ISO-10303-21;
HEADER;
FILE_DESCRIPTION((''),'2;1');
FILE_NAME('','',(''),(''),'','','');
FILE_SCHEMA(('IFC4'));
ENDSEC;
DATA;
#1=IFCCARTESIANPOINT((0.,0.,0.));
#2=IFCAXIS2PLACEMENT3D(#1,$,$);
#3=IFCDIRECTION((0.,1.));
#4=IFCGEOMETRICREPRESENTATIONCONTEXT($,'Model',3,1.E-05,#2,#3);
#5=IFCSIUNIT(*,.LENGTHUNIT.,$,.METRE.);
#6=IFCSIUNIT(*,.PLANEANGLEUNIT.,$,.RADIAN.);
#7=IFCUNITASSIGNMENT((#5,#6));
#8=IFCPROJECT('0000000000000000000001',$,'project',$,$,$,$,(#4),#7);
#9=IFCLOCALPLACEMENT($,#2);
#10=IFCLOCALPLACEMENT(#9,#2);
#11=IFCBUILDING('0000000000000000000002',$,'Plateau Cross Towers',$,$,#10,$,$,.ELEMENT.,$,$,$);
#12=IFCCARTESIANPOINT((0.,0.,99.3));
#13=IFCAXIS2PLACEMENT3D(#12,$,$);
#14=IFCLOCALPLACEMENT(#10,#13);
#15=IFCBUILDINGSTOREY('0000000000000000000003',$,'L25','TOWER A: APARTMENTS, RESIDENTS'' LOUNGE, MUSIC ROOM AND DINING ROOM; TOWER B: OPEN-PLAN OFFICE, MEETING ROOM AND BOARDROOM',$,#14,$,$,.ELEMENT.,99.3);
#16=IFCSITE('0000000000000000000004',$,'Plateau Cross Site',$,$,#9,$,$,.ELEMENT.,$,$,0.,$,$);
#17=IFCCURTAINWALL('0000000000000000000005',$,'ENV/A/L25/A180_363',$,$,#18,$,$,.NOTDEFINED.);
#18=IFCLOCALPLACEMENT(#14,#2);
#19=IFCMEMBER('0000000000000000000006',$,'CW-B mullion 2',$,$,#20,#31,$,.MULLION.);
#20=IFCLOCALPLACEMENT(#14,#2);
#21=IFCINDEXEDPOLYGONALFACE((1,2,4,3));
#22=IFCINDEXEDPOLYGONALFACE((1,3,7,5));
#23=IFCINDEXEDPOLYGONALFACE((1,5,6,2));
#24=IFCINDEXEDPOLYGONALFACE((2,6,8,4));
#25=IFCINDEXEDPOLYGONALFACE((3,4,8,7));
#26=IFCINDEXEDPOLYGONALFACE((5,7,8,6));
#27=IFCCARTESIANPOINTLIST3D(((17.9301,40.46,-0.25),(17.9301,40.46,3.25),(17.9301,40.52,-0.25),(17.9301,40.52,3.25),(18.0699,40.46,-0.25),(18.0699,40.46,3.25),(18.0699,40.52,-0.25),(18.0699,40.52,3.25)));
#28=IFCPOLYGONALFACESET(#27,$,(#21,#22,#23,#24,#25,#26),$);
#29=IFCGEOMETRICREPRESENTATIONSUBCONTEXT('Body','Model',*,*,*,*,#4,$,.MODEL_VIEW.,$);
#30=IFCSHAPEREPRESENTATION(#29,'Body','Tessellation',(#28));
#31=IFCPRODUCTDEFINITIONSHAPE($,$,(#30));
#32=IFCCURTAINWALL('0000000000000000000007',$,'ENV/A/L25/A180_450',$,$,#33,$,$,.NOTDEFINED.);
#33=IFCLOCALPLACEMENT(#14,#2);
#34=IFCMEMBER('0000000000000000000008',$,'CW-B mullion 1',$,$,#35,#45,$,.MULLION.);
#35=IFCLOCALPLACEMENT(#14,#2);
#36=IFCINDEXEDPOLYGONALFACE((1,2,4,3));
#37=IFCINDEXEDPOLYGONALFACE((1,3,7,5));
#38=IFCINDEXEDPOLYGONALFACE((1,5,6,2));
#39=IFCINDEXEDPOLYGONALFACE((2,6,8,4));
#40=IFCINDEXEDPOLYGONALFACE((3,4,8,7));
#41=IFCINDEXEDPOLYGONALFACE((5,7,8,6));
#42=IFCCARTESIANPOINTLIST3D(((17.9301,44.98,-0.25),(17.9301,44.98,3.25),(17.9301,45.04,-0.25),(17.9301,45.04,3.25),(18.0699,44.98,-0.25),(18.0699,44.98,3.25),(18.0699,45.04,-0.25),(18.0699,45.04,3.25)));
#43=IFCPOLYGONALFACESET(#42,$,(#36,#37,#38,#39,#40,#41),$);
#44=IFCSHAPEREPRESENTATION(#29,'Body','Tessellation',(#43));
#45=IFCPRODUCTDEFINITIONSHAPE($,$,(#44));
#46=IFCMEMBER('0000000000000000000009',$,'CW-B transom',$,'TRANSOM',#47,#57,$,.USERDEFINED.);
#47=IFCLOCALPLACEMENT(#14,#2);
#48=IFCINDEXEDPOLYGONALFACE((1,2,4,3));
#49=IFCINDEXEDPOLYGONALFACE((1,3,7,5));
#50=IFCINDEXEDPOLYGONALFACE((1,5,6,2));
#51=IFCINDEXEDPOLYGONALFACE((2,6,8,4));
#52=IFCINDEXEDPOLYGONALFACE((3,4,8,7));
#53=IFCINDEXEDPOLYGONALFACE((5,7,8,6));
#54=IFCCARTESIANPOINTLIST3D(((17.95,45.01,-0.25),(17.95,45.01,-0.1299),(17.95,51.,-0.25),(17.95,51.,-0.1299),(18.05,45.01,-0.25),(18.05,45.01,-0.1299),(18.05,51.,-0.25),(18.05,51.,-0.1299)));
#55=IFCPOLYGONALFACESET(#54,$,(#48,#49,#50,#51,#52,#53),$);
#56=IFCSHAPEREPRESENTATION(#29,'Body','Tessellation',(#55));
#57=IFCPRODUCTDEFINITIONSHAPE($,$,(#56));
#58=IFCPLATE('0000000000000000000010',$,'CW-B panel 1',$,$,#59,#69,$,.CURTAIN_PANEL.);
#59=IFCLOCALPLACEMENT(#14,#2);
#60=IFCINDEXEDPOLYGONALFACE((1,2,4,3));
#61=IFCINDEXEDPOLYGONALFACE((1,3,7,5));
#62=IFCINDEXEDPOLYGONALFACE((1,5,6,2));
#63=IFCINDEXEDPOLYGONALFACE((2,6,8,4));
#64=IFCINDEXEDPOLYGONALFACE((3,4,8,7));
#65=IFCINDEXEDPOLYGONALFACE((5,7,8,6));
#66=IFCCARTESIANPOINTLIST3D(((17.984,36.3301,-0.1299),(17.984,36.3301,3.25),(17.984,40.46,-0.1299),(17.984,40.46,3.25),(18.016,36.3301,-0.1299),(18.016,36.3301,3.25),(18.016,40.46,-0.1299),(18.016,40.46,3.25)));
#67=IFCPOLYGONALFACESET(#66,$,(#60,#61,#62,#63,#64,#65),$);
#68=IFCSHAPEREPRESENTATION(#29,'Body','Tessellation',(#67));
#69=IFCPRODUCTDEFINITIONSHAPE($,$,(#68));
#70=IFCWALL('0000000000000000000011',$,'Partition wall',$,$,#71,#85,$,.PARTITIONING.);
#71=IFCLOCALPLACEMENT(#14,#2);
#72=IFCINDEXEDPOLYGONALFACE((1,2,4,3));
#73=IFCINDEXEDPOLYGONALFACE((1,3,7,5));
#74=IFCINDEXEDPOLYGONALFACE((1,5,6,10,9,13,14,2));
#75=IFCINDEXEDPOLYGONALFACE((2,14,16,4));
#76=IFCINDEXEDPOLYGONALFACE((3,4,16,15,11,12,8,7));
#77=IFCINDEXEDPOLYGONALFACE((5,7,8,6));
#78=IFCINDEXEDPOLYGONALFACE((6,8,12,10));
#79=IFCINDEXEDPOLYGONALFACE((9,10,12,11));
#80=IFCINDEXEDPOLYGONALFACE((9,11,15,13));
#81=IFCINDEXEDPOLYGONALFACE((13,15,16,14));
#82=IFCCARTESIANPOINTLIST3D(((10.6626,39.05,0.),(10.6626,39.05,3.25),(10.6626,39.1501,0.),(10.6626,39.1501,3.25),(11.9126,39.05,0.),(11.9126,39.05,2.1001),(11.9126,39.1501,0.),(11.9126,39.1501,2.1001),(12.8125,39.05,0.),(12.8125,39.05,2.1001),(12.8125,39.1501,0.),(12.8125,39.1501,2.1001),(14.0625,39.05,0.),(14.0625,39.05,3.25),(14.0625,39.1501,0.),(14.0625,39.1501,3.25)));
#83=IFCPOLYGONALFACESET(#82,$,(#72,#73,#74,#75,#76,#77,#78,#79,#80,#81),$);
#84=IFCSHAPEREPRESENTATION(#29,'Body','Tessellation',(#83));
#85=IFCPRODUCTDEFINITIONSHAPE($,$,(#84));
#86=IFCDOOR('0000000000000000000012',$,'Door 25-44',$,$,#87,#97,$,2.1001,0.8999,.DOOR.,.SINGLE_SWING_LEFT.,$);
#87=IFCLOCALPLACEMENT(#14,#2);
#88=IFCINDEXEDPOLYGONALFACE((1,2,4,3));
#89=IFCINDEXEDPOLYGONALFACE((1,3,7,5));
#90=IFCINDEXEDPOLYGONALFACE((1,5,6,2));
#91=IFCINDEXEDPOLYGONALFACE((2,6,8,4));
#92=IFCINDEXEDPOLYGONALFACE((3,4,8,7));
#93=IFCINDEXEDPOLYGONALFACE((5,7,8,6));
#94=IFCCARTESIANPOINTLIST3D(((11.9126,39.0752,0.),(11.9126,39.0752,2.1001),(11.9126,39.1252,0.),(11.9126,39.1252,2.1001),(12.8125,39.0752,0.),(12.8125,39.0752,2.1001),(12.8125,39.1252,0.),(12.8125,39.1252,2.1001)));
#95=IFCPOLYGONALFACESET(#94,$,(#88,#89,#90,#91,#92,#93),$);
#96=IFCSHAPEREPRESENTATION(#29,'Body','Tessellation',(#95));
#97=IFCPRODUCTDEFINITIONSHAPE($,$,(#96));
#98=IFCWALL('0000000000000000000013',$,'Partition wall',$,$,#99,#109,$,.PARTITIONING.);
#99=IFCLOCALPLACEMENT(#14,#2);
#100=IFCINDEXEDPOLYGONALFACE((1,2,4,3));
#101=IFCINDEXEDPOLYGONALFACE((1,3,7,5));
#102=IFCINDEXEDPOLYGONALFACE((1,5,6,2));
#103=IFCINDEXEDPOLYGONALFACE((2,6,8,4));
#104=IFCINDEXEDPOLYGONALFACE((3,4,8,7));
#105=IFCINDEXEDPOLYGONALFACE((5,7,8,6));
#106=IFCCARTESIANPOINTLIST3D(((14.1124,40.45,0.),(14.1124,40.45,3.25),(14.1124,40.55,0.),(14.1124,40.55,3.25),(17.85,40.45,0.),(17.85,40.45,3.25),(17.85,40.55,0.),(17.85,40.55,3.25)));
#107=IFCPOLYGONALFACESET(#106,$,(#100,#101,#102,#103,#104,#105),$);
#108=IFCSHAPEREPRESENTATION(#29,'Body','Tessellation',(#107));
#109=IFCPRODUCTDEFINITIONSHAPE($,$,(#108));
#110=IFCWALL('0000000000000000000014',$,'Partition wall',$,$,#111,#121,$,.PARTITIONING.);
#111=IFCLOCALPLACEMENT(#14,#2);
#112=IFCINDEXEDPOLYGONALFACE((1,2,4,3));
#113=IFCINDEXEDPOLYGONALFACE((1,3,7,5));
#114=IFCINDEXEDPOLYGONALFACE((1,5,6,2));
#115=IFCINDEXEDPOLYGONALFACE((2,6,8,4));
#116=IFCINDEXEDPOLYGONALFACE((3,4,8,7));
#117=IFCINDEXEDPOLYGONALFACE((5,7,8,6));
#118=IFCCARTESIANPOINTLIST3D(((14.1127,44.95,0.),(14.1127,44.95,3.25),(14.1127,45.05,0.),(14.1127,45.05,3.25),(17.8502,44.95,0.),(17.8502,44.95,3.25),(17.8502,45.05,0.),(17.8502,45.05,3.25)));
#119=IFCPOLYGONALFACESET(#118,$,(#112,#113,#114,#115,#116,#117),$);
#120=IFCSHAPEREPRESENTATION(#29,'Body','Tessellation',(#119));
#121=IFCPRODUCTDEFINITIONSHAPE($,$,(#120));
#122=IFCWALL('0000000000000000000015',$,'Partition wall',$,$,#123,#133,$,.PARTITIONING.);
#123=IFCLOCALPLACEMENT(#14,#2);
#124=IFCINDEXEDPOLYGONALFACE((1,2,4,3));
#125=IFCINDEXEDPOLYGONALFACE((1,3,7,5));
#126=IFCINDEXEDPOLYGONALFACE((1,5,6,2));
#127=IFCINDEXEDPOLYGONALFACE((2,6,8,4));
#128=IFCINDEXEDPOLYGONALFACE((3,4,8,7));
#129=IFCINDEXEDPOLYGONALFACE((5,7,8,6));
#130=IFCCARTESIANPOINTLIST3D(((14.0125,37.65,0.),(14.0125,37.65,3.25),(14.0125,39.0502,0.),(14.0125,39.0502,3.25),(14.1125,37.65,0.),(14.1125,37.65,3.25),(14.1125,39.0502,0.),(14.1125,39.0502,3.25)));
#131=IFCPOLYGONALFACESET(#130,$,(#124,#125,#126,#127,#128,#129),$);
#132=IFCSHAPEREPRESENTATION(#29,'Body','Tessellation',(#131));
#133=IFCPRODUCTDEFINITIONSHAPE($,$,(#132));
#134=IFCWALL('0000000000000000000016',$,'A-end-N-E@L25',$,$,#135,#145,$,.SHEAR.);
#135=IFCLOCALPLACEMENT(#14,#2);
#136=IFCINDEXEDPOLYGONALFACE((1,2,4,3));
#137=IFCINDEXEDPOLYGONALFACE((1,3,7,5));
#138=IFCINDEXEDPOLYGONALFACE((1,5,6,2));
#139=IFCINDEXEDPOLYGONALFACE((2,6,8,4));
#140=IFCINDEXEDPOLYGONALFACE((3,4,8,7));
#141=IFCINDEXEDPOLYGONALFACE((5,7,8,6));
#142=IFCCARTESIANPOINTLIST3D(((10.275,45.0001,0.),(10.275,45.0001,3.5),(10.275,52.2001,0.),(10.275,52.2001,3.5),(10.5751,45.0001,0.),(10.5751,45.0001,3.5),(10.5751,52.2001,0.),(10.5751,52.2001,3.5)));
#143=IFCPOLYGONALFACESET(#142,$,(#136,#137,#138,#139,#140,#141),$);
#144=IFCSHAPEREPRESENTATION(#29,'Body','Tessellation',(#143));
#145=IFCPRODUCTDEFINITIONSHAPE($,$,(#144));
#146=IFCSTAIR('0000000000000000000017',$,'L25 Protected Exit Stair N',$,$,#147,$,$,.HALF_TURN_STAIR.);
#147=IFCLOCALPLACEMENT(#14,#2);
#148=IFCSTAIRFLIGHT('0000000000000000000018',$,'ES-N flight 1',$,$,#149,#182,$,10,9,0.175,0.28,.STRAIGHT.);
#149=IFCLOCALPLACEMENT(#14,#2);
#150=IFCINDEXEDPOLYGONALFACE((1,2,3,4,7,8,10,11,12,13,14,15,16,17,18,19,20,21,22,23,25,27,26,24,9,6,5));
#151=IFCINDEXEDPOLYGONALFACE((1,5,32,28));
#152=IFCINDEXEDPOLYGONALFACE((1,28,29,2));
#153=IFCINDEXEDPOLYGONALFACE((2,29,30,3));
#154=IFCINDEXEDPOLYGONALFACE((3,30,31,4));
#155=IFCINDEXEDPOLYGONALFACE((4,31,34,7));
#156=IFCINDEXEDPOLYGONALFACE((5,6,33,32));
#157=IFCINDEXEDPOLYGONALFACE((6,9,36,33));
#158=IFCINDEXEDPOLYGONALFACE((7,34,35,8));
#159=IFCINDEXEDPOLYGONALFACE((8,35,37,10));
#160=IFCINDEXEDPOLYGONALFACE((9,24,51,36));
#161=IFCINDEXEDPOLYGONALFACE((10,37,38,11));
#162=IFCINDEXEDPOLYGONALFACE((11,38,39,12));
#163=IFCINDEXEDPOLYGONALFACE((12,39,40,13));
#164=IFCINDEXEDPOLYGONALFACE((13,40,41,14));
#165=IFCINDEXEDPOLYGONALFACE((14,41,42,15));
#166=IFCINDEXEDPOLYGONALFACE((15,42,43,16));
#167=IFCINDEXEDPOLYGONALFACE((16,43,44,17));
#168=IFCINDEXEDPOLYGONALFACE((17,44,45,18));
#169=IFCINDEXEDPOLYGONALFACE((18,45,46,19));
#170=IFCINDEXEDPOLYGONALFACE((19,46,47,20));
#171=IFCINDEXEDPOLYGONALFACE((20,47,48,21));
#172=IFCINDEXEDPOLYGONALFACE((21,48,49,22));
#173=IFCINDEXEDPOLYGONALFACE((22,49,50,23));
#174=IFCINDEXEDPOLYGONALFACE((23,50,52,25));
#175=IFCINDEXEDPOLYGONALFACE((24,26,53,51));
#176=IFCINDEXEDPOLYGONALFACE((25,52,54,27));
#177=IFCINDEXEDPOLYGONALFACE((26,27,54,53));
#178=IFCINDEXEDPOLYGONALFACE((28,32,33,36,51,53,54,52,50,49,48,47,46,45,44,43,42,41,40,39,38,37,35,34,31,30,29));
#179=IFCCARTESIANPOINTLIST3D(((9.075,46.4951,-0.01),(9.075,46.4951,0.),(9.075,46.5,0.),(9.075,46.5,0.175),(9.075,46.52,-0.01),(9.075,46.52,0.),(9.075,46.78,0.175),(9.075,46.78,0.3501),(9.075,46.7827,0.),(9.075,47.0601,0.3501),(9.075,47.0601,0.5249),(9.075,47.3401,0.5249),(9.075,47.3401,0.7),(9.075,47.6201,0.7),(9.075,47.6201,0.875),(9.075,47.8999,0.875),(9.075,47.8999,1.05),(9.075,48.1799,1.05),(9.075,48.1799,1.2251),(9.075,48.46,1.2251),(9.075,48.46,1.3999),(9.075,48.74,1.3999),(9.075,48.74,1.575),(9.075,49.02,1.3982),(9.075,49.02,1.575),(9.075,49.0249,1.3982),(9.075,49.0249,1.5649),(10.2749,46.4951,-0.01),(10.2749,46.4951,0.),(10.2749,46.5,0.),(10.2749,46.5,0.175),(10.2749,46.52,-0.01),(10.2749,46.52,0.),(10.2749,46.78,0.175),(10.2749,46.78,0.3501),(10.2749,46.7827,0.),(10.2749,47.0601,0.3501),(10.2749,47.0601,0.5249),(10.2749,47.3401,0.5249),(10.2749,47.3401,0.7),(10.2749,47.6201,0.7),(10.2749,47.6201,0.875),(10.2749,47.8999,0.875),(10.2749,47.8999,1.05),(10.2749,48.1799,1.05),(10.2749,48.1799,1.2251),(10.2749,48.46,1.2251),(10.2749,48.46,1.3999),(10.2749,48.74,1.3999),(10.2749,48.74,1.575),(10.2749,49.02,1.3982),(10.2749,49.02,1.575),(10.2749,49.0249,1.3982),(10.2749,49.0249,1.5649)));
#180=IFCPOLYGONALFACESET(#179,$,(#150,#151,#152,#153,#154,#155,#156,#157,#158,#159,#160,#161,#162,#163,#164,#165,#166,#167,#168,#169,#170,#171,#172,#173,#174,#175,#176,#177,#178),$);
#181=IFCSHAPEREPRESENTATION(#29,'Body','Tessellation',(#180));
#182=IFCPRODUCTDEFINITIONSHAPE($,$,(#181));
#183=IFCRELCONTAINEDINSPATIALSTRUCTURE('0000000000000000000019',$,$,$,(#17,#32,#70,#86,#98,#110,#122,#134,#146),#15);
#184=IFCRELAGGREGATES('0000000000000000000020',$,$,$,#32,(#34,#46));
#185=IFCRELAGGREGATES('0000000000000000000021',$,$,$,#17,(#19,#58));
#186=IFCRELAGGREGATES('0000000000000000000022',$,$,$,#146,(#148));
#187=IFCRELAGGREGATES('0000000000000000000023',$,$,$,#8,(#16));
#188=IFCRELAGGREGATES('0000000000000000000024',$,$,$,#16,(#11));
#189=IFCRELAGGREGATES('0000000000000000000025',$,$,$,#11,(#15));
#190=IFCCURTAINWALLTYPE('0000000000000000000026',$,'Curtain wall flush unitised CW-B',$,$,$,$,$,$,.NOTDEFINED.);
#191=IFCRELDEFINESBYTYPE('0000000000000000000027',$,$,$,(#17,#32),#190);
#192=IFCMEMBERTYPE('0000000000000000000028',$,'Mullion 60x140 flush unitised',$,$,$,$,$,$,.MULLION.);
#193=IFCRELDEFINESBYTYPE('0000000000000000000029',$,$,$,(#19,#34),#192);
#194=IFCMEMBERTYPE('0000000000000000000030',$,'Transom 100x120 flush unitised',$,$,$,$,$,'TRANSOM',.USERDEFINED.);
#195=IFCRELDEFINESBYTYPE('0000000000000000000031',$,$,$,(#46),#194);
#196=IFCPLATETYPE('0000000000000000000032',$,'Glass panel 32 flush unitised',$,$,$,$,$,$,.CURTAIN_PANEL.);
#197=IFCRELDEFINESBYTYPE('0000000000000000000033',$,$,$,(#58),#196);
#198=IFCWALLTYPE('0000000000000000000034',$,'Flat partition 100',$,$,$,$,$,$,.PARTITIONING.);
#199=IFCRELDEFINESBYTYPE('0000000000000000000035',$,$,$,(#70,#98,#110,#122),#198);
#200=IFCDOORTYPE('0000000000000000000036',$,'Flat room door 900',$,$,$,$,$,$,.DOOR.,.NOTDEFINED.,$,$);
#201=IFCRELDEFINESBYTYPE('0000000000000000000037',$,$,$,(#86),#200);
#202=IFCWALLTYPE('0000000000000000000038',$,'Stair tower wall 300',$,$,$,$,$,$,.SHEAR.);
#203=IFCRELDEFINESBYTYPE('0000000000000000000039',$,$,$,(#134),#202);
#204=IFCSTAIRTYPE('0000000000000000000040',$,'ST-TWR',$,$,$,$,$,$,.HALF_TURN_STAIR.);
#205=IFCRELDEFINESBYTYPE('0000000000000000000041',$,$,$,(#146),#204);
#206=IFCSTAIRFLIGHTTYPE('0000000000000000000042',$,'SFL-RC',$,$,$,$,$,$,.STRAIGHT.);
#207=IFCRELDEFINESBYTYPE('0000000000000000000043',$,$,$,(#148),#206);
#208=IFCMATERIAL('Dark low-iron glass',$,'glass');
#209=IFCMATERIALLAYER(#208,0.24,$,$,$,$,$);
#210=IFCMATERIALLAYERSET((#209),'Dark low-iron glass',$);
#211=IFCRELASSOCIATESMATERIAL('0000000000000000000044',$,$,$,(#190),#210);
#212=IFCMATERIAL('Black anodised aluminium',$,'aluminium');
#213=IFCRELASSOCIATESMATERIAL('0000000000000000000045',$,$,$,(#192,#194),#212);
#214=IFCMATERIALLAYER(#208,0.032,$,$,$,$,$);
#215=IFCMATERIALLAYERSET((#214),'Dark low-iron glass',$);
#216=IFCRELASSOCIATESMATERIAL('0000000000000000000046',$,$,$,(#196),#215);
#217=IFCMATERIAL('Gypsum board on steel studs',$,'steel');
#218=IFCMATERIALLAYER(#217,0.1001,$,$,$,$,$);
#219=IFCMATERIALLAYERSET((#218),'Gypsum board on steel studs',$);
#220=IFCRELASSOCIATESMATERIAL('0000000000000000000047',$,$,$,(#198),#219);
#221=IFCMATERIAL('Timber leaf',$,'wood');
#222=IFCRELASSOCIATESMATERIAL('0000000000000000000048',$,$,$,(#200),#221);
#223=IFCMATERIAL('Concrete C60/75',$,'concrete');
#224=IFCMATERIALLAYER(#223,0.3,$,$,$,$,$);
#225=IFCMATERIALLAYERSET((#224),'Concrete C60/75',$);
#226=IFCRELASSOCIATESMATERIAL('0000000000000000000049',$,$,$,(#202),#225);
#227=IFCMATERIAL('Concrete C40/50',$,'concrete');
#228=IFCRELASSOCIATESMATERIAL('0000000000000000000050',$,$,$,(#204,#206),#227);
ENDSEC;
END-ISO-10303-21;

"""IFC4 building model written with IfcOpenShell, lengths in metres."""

from ifc_helpers import new_model, si_unit, direction, frame, frame_2d, origin, origin_2d, place, context, subcontext, project, spatial, polyline, rectangle, outline, extrude, material, layer, layer_set, material_profile, profile_set, type_object, element, fill, aggregate, save


model = new_model("IFC4")

# Units and contexts
model_context = context("Model", 3, precision=1e-05, world=origin(), true_north=direction((0.0, 1.0)))
body_context = subcontext(model_context, "Body", "Model", "MODEL_VIEW")
ifc_project = project(units=[si_unit("LENGTHUNIT", "METRE"), si_unit("PLANEANGLEUNIT", "RADIAN")], contexts=[model_context])

# Site, building, storey
site_placement = place(None, origin())
site = spatial("IfcSite", under=ifc_project, at=site_placement, Name="Plateau Cross Site", CompositionType="ELEMENT", RefElevation=0.0)
building_placement = place(site_placement, origin())
building = spatial("IfcBuilding", under=site, at=building_placement, Name="Plateau Cross Towers", CompositionType="ELEMENT")
storey_placement = place(building_placement, frame((0.0, 0.0, 99.3)))
storey = spatial("IfcBuildingStorey", under=building, at=storey_placement, Name="L25", Description="TOWER A: APARTMENTS, RESIDENTS' LOUNGE, MUSIC ROOM AND DINING ROOM; TOWER B: OPEN-PLAN OFFICE, MEETING ROOM AND BOARDROOM", CompositionType="ELEMENT", Elevation=99.3)

# Curtain wall, member
ifc_material_1 = material(Name="Dark low-iron glass", Category="glass")
ifc_layer_1 = layer(ifc_material_1, 0.24)
ifc_layer_set_1 = layer_set([ifc_layer_1], Name="Dark low-iron glass")
curtain_wall_type = type_object("IfcCurtainWallType", Name="Curtain wall flush unitised CW-B", PredefinedType="NOTDEFINED", material=ifc_layer_set_1)
curtain_wall_1_placement = place(storey_placement, origin())
curtain_wall_1 = element("IfcCurtainWall", 1, at=curtain_wall_1_placement, inside=storey, type_object=curtain_wall_type, Name="ENV/A/L25/A180_363", PredefinedType="NOTDEFINED")
ifc_material_2 = material(Name="Black anodised aluminium", Category="aluminium")
ifc_material_profile_1 = material_profile(ifc_material_2, rectangle(XDim=0.0601, YDim=0.1399, at=origin_2d()), Name="MULLION 60x140")
ifc_profile_set_1 = profile_set([ifc_material_profile_1], Name="Black anodised aluminium")
member_type_1 = type_object("IfcMemberType", Name="Mullion 60x140 flush unitised", PredefinedType="MULLION", material=ifc_profile_set_1)
member_1_placement = place(storey_placement, frame((18.0, 40.49, -0.25), z_axis=(0.0, 0.0, 1.0), x_axis=(0.0, 1.0, 0.0)))
member_1 = element("IfcMember", 2, at=member_1_placement, type_object=member_type_1, Name="CW-B mullion 2", PredefinedType="MULLION", context=body_context, shape_type="SweptSolid", body=[
    extrude(rectangle(XDim=0.0601, YDim=0.1399, at=origin_2d()), origin(), (0.0, 0.0, 1.0), 3.5),
])

# Curtain wall, members
curtain_wall_2_placement = place(storey_placement, origin())
curtain_wall_2 = element("IfcCurtainWall", 3, at=curtain_wall_2_placement, inside=storey, type_object=curtain_wall_type, Name="ENV/A/L25/A180_450", PredefinedType="NOTDEFINED")
member_2_placement = place(storey_placement, frame((18.0, 45.01, -0.25), z_axis=(0.0, 0.0, 1.0), x_axis=(0.0, 1.0, 0.0)))
member_2 = element("IfcMember", 4, at=member_2_placement, type_object=member_type_1, Name="CW-B mullion 1", PredefinedType="MULLION", context=body_context, shape_type="SweptSolid", body=[
    extrude(rectangle(XDim=0.0601, YDim=0.1399, at=origin_2d()), origin(), (0.0, 0.0, 1.0), 3.5),
])
ifc_material_profile_2 = material_profile(ifc_material_2, rectangle(XDim=0.1001, YDim=0.1201, at=origin_2d()), Name="TRANSOM 100x120")
ifc_profile_set_2 = profile_set([ifc_material_profile_2], Name="Black anodised aluminium")
member_type_2 = type_object("IfcMemberType", Name="Transom 100x120 flush unitised", ElementType="TRANSOM", PredefinedType="USERDEFINED", material=ifc_profile_set_2)
member_3_placement = place(storey_placement, frame((18.0, 45.01, -0.1899), z_axis=(0.0, 1.0, 0.0), x_axis=(-1.0, 0.0, 0.0)))
member_3 = element("IfcMember", 5, at=member_3_placement, type_object=member_type_2, Name="CW-B transom", ObjectType="TRANSOM", PredefinedType="USERDEFINED", context=body_context, shape_type="SweptSolid", body=[
    extrude(rectangle(XDim=0.1001, YDim=0.1201, at=origin_2d()), origin(), (0.0, 0.0, 1.0), 5.99),
])
aggregate(curtain_wall_2, [member_2, member_3])

# Plate
ifc_layer_2 = layer(ifc_material_1, 0.032)
ifc_layer_set_2 = layer_set([ifc_layer_2], Name="Dark low-iron glass")
plate_type = type_object("IfcPlateType", Name="Glass panel 32 flush unitised", PredefinedType="CURTAIN_PANEL", material=ifc_layer_set_2)
plate_placement = place(storey_placement, frame((18.0, 38.395, -0.1299), z_axis=(0.0, 0.0, 1.0), x_axis=(0.0, 1.0, 0.0)))
plate = element("IfcPlate", 6, at=plate_placement, type_object=plate_type, Name="CW-B panel 1", PredefinedType="CURTAIN_PANEL", context=body_context, shape_type="SweptSolid", body=[
    extrude(rectangle(XDim=4.1299, YDim=0.032, at=origin_2d()), origin(), (0.0, 0.0, 1.0), 3.3799),
])
aggregate(curtain_wall_1, [member_1, plate])

# Wall, opening, door
ifc_material_3 = material(Name="Gypsum board on steel studs", Category="steel")
ifc_layer_3 = layer(ifc_material_3, 0.1001)
ifc_layer_set_3 = layer_set([ifc_layer_3], Name="Gypsum board on steel studs")
wall_type_1 = type_object("IfcWallType", Name="Flat partition 100", PredefinedType="PARTITIONING", material=ifc_layer_set_3)
wall_1_placement = place(storey_placement, frame((14.0625, 39.1001, 0.0), z_axis=(0.0, 0.0, 1.0), x_axis=(-1.0, 0.0, 0.0)))
wall_1 = element("IfcWall", 7, at=wall_1_placement, inside=storey, type_object=wall_type_1, Name="Partition wall", PredefinedType="PARTITIONING", context=body_context, shape_type="SweptSolid", body=[
    extrude(rectangle(XDim=3.3999, YDim=0.1001, at=frame_2d((1.7, 0.0))), origin(), (0.0, 0.0, 1.0), 3.25),
])
opening_1_placement = place(wall_1_placement, frame((1.25, 0.0, 0.0)))
opening_1 = element("IfcOpeningElement", 8, at=opening_1_placement, cuts=wall_1, PredefinedType="OPENING", context=body_context, shape_type="SweptSolid", body=[
    extrude(rectangle(XDim=0.8999, YDim=2.1001, at=frame_2d((0.45, 1.05))), frame((0.0, 0.0601, 0.0), z_axis=(0.0, -1.0, 0.0), x_axis=(1.0, 0.0, 0.0)), (0.0, 0.0, 1.0), 0.1201),
])
ifc_material_4 = material(Name="Timber leaf", Category="wood")
door_type_1 = type_object("IfcDoorType", Name="Flat room door 900", OperationType="NOTDEFINED", PredefinedType="DOOR", material=ifc_material_4)
door_1_placement = place(opening_1_placement, origin())
door_1 = element("IfcDoor", 9, at=door_1_placement, inside=storey, type_object=door_type_1, Name="Door 25-44", OperationType="SINGLE_SWING_LEFT", OverallHeight=2.1001, OverallWidth=0.8999, PredefinedType="DOOR", context=body_context, shape_type="SweptSolid", body=[
    extrude(rectangle(XDim=0.8999, YDim=2.1001, at=frame_2d((0.45, 1.05))), frame((0.0, 0.0249, 0.0), z_axis=(0.0, -1.0, 0.0), x_axis=(1.0, 0.0, 0.0)), (0.0, 0.0, 1.0), 0.05),
])
fill(opening_1, door_1)

# Walls
for number, where, z_axis, x_axis, name in (
    (10, (14.1125, 40.5, 0.0), (0.0, 0.0, 1.0), (1.0, 0.0, 0.0), "Partition wall"),
    (11, (17.8501, 45.0, 0.0), (0.0, 0.0, 1.0), (-1.0, 0.0, 0.0), "Partition wall"),
):
    element("IfcWall", number, at=place(storey_placement, frame(where, z_axis=z_axis, x_axis=x_axis)), inside=storey, type_object=wall_type_1, Name=name, PredefinedType="PARTITIONING", context=body_context, shape_type="SweptSolid", body=[
        extrude(rectangle(XDim=3.7375, YDim=0.1001, at=frame_2d((1.8687, 0.0))), origin(), (0.0, 0.0, 1.0), 3.25),
    ])
wall_2_placement = place(storey_placement, frame((14.0625, 37.6499, 0.0), z_axis=(0.0, 0.0, 1.0), x_axis=(0.0, 1.0, 0.0)))
element("IfcWall", 12, at=wall_2_placement, inside=storey, type_object=wall_type_1, Name="Partition wall", PredefinedType="PARTITIONING", context=body_context, shape_type="SweptSolid", body=[
    extrude(rectangle(XDim=1.4001, YDim=0.1001, at=frame_2d((0.7002, 0.0))), origin(), (0.0, 0.0, 1.0), 3.25),
])
ifc_material_5 = material(Name="Concrete C60/75", Category="concrete")
ifc_layer_4 = layer(ifc_material_5, 0.3)
ifc_layer_set_4 = layer_set([ifc_layer_4], Name="Concrete C60/75")
wall_type_2 = type_object("IfcWallType", Name="Stair tower wall 300", PredefinedType="SHEAR", material=ifc_layer_set_4)
wall_3_placement = place(storey_placement, frame((10.425, 45.0, 0.0), z_axis=(0.0, 0.0, 1.0), x_axis=(0.0, 1.0, 0.0)))
element("IfcWall", 13, at=wall_3_placement, inside=storey, type_object=wall_type_2, Name="A-end-N-E@L25", PredefinedType="SHEAR", context=body_context, shape_type="SweptSolid", body=[
    extrude(rectangle(XDim=7.2, YDim=0.3, at=frame_2d((3.6001, 0.0))), origin(), (0.0, 0.0, 1.0), 3.5),
])

# Stair, stair flight
ifc_material_6 = material(Name="Concrete C40/50", Category="concrete")
stair_type = type_object("IfcStairType", Name="ST-TWR", PredefinedType="HALF_TURN_STAIR", material=ifc_material_6)
stair_placement = place(storey_placement, origin())
stair = element("IfcStair", 14, at=stair_placement, inside=storey, type_object=stair_type, Name="L25 Protected Exit Stair N", PredefinedType="HALF_TURN_STAIR")
stair_flight_type = type_object("IfcStairFlightType", Name="SFL-RC", PredefinedType="STRAIGHT", material=ifc_material_6)
stair_flight_placement = place(storey_placement, frame((9.675, 46.5, 0.0), z_axis=(0.0, 0.0, 1.0), x_axis=(0.0, 1.0, 0.0)))
stair_flight = element("IfcStairFlight", 15, at=stair_flight_placement, type_object=stair_flight_type, Name="ES-N flight 1", NumberOfRisers=10, NumberOfTreads=9, PredefinedType="STRAIGHT", RiserHeight=0.175, TreadLength=0.28, context=body_context, shape_type="SweptSolid", body=[
    extrude(outline(polyline([(-0.0049, -0.01), (-0.0049, 0.0), (0.0, 0.0), (0.0, 0.175), (0.28, 0.175), (0.28, 0.3501), (0.5601, 0.3501), (0.5601, 0.5249), (0.8401, 0.5249), (0.8401, 0.7), (1.1201, 0.7), (1.1201, 0.875), (1.3999, 0.875), (1.3999, 1.05), (1.6799, 1.05), (1.6799, 1.2251), (1.96, 1.2251), (1.96, 1.3999), (2.24, 1.3999), (2.24, 1.575), (2.52, 1.575), (2.5249, 1.5649), (2.5249, 1.3982), (2.52, 1.3982), (0.2827, 0.0), (0.02, 0.0), (0.02, -0.01), (-0.0049, -0.01)])), frame((0.0, 0.6001, 0.0), z_axis=(0.0, -1.0, 0.0), x_axis=(1.0, 0.0, 0.0)), (0.0, 0.0, 1.0), 1.2),
])
aggregate(stair, [stair_flight])

save(model, "model.ifc")
